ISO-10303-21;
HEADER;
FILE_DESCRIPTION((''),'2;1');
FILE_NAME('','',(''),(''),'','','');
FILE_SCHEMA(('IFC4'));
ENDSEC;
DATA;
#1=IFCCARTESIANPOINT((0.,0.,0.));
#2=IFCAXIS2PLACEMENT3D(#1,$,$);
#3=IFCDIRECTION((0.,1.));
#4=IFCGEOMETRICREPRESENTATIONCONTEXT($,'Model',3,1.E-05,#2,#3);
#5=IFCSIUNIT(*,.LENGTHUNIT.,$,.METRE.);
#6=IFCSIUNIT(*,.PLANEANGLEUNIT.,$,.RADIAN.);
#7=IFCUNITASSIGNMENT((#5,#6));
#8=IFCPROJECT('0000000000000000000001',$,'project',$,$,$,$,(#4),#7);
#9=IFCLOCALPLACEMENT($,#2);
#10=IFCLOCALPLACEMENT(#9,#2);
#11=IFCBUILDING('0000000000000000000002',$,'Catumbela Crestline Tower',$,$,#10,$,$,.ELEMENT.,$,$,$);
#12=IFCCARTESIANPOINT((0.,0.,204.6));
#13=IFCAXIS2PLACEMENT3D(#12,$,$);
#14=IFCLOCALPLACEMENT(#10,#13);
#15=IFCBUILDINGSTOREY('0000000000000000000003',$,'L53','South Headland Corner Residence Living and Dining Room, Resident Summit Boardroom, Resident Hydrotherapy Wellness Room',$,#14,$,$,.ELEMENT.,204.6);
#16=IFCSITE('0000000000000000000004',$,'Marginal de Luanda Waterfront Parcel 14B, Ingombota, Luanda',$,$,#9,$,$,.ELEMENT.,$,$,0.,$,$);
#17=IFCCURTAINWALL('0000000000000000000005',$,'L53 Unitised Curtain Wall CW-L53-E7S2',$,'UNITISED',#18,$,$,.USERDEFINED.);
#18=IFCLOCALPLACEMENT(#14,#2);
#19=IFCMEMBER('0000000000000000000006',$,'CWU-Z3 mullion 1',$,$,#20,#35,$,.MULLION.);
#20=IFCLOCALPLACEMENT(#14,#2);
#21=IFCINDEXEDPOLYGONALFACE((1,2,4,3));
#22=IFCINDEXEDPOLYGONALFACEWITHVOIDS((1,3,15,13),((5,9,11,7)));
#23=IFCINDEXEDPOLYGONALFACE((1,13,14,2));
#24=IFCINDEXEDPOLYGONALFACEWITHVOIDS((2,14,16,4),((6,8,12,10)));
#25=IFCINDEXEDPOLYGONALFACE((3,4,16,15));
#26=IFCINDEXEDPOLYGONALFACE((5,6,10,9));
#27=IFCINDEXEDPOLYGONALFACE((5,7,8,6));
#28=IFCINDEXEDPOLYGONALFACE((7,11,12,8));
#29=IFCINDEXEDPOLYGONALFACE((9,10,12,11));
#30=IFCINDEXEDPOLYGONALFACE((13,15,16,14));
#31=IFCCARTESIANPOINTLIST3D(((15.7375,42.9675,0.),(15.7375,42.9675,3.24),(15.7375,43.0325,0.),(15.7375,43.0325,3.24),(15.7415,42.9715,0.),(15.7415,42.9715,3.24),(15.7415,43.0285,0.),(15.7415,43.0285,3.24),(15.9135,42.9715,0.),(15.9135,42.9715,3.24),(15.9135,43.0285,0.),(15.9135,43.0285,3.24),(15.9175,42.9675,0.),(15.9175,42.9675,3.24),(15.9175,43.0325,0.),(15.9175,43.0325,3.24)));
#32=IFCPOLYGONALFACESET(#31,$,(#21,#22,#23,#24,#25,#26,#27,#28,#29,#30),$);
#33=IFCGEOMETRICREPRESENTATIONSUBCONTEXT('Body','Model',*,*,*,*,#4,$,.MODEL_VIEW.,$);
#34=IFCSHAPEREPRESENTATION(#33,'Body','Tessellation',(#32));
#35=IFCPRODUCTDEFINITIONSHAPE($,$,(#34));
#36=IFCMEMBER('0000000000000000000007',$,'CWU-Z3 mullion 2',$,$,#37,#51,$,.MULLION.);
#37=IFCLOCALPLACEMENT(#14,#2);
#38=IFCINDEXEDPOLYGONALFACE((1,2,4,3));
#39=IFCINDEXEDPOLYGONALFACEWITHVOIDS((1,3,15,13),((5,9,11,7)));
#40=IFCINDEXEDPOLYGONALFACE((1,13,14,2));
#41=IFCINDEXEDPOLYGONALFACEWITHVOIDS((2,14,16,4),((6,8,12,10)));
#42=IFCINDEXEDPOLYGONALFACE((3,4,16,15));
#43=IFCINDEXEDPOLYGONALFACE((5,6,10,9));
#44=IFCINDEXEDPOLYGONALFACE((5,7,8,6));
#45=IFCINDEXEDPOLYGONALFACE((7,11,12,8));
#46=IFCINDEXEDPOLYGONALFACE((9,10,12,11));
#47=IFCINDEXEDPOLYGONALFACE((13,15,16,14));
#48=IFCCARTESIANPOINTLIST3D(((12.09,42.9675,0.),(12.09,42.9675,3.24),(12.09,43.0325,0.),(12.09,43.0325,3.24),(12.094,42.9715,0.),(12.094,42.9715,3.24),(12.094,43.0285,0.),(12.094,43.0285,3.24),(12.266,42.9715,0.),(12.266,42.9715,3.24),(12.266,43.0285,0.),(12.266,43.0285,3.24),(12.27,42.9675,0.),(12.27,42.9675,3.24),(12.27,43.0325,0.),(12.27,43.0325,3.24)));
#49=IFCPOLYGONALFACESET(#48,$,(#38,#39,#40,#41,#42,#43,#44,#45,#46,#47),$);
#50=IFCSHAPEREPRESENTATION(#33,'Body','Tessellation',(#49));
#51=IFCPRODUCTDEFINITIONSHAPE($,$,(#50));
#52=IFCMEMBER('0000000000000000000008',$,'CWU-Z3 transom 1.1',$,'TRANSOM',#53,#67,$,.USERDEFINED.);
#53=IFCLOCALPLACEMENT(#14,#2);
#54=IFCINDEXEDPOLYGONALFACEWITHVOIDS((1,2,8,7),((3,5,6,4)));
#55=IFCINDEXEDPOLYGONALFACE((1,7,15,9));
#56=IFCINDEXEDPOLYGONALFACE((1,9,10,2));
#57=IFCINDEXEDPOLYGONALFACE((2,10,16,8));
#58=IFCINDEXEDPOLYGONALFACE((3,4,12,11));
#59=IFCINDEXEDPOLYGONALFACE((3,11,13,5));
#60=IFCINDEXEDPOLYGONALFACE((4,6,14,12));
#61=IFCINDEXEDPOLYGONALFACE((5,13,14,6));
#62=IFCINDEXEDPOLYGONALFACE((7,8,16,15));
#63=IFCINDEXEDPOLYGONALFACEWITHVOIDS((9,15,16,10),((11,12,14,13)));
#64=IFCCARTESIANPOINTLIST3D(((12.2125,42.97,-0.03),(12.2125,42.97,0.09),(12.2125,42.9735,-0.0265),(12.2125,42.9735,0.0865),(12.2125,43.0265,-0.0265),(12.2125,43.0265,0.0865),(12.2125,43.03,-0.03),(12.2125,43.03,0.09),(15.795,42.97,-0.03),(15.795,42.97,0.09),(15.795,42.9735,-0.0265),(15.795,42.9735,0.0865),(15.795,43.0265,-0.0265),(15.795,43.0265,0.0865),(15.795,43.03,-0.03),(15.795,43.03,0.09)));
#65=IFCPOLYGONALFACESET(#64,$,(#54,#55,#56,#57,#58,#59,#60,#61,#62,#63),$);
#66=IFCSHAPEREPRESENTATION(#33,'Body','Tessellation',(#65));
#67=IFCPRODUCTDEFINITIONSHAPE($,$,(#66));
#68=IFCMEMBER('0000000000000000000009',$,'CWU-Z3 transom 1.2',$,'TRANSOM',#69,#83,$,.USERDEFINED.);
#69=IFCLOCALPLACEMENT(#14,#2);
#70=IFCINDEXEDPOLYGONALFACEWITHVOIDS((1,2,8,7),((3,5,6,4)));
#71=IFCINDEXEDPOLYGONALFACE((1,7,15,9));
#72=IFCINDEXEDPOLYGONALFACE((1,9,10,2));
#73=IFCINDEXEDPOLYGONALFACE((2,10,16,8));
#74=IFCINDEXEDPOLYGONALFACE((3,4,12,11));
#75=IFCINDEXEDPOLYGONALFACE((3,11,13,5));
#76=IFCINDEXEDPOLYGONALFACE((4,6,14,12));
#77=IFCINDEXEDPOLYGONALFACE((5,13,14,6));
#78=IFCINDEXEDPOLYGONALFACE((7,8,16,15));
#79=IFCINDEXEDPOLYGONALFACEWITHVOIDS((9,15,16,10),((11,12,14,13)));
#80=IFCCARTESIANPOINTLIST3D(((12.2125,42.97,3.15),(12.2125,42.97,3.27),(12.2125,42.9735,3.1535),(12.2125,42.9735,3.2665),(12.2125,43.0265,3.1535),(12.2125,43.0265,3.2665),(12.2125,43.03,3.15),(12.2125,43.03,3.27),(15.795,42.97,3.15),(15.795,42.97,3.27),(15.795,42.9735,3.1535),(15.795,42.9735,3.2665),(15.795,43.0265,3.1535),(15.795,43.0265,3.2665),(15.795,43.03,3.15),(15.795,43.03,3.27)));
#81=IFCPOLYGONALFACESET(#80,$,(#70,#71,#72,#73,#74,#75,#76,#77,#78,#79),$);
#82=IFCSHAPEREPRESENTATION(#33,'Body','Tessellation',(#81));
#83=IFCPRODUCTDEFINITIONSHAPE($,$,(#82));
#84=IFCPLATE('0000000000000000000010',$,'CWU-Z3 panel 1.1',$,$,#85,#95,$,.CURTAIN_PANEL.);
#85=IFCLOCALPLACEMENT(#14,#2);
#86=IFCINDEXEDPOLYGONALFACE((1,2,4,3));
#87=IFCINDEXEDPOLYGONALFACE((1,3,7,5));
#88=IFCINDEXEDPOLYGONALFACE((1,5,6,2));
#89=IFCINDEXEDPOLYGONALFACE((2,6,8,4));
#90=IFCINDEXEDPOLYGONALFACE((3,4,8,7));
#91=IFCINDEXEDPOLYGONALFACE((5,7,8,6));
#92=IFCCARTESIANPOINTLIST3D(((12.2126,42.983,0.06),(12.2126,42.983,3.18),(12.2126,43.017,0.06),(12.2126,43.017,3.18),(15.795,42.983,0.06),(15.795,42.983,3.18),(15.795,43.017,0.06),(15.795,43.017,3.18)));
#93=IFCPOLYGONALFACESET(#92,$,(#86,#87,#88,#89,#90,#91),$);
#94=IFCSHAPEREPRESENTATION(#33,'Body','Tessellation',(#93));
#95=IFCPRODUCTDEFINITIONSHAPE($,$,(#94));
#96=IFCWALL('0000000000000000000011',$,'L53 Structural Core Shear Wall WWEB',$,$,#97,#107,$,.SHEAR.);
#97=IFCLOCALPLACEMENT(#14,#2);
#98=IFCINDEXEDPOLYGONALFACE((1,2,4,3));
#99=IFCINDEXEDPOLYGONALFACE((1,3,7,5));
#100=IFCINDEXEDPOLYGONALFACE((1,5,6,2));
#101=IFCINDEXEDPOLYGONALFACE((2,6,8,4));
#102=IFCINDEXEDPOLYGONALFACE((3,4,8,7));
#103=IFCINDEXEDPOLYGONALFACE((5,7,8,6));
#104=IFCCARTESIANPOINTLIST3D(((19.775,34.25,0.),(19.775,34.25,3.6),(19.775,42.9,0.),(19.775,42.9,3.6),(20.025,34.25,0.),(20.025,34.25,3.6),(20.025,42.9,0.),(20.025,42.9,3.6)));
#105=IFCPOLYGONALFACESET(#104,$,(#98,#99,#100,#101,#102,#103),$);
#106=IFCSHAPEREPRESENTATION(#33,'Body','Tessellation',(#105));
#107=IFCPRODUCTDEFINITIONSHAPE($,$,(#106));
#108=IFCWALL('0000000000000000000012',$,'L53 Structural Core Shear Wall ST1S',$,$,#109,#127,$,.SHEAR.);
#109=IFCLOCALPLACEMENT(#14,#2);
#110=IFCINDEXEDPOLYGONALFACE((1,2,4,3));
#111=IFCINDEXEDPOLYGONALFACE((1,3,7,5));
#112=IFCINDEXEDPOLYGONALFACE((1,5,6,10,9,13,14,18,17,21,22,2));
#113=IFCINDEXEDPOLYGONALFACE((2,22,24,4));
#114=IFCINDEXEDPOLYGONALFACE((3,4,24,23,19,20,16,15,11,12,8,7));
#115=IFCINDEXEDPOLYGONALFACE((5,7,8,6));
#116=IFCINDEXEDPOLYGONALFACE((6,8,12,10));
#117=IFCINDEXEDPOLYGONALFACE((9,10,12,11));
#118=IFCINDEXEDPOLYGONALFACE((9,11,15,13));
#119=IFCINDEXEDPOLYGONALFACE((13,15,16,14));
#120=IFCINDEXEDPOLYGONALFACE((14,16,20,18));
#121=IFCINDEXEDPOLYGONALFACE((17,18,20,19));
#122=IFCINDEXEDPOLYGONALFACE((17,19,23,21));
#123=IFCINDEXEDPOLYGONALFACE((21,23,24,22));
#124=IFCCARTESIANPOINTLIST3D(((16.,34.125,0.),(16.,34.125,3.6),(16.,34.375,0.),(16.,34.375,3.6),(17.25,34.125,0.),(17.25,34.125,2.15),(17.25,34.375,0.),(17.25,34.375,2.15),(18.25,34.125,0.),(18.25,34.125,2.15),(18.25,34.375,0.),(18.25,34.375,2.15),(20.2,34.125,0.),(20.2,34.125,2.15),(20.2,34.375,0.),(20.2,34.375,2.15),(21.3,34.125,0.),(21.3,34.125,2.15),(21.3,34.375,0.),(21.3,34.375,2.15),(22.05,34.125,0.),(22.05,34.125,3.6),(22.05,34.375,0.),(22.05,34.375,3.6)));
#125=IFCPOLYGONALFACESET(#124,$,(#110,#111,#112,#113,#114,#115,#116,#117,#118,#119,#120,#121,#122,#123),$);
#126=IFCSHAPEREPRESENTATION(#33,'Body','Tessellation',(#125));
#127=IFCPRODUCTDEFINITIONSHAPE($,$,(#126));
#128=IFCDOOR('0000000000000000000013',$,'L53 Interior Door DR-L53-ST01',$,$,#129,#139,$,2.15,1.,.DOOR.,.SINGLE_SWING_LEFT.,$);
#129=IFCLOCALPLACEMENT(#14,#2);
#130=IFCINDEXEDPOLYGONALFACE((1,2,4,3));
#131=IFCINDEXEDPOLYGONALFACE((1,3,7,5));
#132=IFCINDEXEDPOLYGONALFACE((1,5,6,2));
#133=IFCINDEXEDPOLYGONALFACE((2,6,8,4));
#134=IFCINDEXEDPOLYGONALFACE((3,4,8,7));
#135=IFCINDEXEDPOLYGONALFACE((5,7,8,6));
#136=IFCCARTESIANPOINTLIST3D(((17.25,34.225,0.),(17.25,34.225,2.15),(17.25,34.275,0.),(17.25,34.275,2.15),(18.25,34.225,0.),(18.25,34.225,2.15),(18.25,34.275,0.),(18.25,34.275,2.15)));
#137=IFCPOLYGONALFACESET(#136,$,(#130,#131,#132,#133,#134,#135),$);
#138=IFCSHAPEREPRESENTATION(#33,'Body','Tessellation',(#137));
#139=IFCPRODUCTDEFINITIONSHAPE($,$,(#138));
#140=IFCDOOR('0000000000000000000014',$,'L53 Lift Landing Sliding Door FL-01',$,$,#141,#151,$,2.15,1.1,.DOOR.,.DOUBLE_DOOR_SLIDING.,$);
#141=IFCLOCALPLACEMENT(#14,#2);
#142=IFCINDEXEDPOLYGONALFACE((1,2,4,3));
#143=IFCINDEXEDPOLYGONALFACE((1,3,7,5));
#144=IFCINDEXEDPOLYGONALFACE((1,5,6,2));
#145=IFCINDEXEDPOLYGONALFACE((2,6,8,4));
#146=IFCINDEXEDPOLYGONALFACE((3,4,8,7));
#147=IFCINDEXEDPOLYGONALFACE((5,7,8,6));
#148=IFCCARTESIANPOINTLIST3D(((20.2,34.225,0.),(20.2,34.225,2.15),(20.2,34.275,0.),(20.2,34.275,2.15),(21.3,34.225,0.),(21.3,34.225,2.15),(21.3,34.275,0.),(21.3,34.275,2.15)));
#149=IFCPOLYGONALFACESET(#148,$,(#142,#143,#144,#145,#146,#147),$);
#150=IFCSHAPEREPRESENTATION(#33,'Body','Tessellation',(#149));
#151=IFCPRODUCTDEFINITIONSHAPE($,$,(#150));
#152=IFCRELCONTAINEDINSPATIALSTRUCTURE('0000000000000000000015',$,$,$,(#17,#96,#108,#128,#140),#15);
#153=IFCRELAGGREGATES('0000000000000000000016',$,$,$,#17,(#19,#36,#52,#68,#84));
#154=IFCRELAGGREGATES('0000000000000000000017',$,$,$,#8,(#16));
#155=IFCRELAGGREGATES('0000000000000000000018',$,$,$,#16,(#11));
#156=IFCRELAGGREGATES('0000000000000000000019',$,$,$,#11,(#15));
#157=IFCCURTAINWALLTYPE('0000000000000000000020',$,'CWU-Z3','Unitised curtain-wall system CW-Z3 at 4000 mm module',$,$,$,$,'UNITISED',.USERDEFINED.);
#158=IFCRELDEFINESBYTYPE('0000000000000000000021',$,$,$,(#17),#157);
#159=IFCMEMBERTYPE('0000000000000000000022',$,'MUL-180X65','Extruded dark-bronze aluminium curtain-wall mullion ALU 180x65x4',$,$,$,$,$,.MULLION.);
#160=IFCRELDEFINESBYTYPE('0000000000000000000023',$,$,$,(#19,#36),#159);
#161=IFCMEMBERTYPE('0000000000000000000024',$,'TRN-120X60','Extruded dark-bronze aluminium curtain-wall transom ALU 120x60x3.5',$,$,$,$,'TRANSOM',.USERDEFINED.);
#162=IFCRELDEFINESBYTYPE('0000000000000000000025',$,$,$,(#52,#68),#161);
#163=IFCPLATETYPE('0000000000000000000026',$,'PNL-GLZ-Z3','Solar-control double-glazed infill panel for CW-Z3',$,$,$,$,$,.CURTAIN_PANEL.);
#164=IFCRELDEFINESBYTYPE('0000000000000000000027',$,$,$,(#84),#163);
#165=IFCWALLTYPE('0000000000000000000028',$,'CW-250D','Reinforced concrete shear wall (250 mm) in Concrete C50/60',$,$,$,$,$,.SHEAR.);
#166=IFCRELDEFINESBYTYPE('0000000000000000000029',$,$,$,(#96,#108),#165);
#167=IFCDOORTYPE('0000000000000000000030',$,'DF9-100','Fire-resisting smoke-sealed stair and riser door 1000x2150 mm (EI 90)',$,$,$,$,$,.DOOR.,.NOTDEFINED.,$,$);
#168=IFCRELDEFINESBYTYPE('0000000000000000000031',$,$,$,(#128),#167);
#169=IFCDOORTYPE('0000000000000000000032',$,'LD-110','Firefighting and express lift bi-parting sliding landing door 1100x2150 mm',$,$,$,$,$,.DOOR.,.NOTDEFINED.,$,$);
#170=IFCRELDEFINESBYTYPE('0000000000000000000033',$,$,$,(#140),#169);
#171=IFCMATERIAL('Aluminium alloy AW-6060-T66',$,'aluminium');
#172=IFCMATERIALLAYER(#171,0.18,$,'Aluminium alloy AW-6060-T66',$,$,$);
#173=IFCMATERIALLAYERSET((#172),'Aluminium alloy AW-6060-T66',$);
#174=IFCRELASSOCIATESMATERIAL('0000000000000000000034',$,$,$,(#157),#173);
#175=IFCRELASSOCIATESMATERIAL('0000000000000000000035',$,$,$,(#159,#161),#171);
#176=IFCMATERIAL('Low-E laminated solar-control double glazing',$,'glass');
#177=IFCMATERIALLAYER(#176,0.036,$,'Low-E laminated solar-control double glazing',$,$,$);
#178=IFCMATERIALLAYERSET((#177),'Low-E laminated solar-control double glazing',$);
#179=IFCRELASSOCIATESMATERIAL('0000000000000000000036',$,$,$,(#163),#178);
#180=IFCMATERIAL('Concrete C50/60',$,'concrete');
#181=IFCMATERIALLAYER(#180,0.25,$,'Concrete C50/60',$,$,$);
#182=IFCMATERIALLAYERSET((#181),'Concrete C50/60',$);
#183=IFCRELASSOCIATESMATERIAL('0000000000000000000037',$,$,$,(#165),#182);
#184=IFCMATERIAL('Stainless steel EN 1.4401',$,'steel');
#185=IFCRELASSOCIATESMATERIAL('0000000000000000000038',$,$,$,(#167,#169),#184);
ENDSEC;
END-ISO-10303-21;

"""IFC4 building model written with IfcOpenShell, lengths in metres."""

from ifc_helpers import new_model, si_unit, direction, frame, frame_2d, origin, origin_2d, place, context, subcontext, project, spatial, rectangle, hollow_rectangle, extrude, material, layer, layer_set, material_profile, profile_set, type_object, element, fill, aggregate, save


model = new_model("IFC4")

# Units and contexts
model_context = context("Model", 3, precision=1e-05, world=origin(), true_north=direction((0.0, 1.0)))
body_context = subcontext(model_context, "Body", "Model", "MODEL_VIEW")
ifc_project = project(units=[si_unit("LENGTHUNIT", "METRE"), si_unit("PLANEANGLEUNIT", "RADIAN")], contexts=[model_context])

# Site, building, storey
site_placement = place(None, origin())
site = spatial("IfcSite", under=ifc_project, at=site_placement, Name="Marginal de Luanda Waterfront Parcel 14B, Ingombota, Luanda", CompositionType="ELEMENT", RefElevation=0.0)
building_placement = place(site_placement, origin())
building = spatial("IfcBuilding", under=site, at=building_placement, Name="Catumbela Crestline Tower", CompositionType="ELEMENT")
storey_placement = place(building_placement, frame((0.0, 0.0, 204.6)))
storey = spatial("IfcBuildingStorey", under=building, at=storey_placement, Name="L53", Description="South Headland Corner Residence Living and Dining Room, Resident Summit Boardroom, Resident Hydrotherapy Wellness Room", CompositionType="ELEMENT", Elevation=204.6)

# Curtain wall, members, plate
ifc_material_1 = material(Name="Aluminium alloy AW-6060-T66", Category="aluminium")
ifc_layer_1 = layer(ifc_material_1, 0.18, Name="Aluminium alloy AW-6060-T66")
ifc_layer_set_1 = layer_set([ifc_layer_1], Name="Aluminium alloy AW-6060-T66")
curtain_wall_type = type_object("IfcCurtainWallType", Name="CWU-Z3", Description="Unitised curtain-wall system CW-Z3 at 4000 mm module", ElementType="UNITISED", PredefinedType="USERDEFINED", material=ifc_layer_set_1)
curtain_wall_placement = place(storey_placement, origin())
curtain_wall = element("IfcCurtainWall", 1, at=curtain_wall_placement, inside=storey, type_object=curtain_wall_type, Name="L53 Unitised Curtain Wall CW-L53-E7S2", ObjectType="UNITISED", PredefinedType="USERDEFINED")
ifc_material_profile_1 = material_profile(ifc_material_1, hollow_rectangle(XDim=0.065, YDim=0.18, WallThickness=0.004, at=origin_2d()), Name="ALU 180x65x4")
ifc_profile_set_1 = profile_set([ifc_material_profile_1], Name="Aluminium alloy AW-6060-T66")
member_type_1 = type_object("IfcMemberType", Name="MUL-180X65", Description="Extruded dark-bronze aluminium curtain-wall mullion ALU 180x65x4", PredefinedType="MULLION", material=ifc_profile_set_1)
member_1_placement = place(storey_placement, frame((15.8275, 43.0, 0.0), z_axis=(0.0, 0.0, 1.0), x_axis=(0.0, -1.0, 0.0)))
member_1 = element("IfcMember", 2, at=member_1_placement, type_object=member_type_1, Name="CWU-Z3 mullion 1", PredefinedType="MULLION", context=body_context, shape_type="SweptSolid", body=[
    extrude(hollow_rectangle(XDim=0.065, YDim=0.18, WallThickness=0.004, at=origin_2d()), origin(), (0.0, 0.0, 1.0), 3.24),
])
member_2_placement = place(storey_placement, frame((12.18, 43.0, 0.0), z_axis=(0.0, 0.0, 1.0), x_axis=(0.0, -1.0, 0.0)))
member_2 = element("IfcMember", 3, at=member_2_placement, type_object=member_type_1, Name="CWU-Z3 mullion 2", PredefinedType="MULLION", context=body_context, shape_type="SweptSolid", body=[
    extrude(hollow_rectangle(XDim=0.065, YDim=0.18, WallThickness=0.004, at=origin_2d()), origin(), (0.0, 0.0, 1.0), 3.24),
])
ifc_material_profile_2 = material_profile(ifc_material_1, hollow_rectangle(XDim=0.06, YDim=0.12, WallThickness=0.0035, at=origin_2d()), Name="ALU 120x60x3.5")
ifc_profile_set_2 = profile_set([ifc_material_profile_2], Name="Aluminium alloy AW-6060-T66")
member_type_2 = type_object("IfcMemberType", Name="TRN-120X60", Description="Extruded dark-bronze aluminium curtain-wall transom ALU 120x60x3.5", ElementType="TRANSOM", PredefinedType="USERDEFINED", material=ifc_profile_set_2)
member_3_placement = place(storey_placement, frame((15.795, 43.0, 0.03), z_axis=(-1.0, 0.0, 0.0), x_axis=(0.0, -1.0, 0.0)))
member_3 = element("IfcMember", 4, at=member_3_placement, type_object=member_type_2, Name="CWU-Z3 transom 1.1", ObjectType="TRANSOM", PredefinedType="USERDEFINED", context=body_context, shape_type="SweptSolid", body=[
    extrude(hollow_rectangle(XDim=0.06, YDim=0.12, WallThickness=0.0035, at=origin_2d()), origin(), (0.0, 0.0, 1.0), 3.5825),
])
member_4_placement = place(storey_placement, frame((15.795, 43.0, 3.21), z_axis=(-1.0, 0.0, 0.0), x_axis=(0.0, -1.0, 0.0)))
member_4 = element("IfcMember", 5, at=member_4_placement, type_object=member_type_2, Name="CWU-Z3 transom 1.2", ObjectType="TRANSOM", PredefinedType="USERDEFINED", context=body_context, shape_type="SweptSolid", body=[
    extrude(hollow_rectangle(XDim=0.06, YDim=0.12, WallThickness=0.0035, at=origin_2d()), origin(), (0.0, 0.0, 1.0), 3.5825),
])
ifc_material_2 = material(Name="Low-E laminated solar-control double glazing", Category="glass")
ifc_layer_2 = layer(ifc_material_2, 0.036, Name="Low-E laminated solar-control double glazing")
ifc_layer_set_2 = layer_set([ifc_layer_2], Name="Low-E laminated solar-control double glazing")
plate_type = type_object("IfcPlateType", Name="PNL-GLZ-Z3", Description="Solar-control double-glazed infill panel for CW-Z3", PredefinedType="CURTAIN_PANEL", material=ifc_layer_set_2)
plate_placement = place(storey_placement, frame((14.0038, 43.0, 0.06), z_axis=(0.0, 0.0, 1.0), x_axis=(-1.0, 0.0, 0.0)))
plate = element("IfcPlate", 6, at=plate_placement, type_object=plate_type, Name="CWU-Z3 panel 1.1", PredefinedType="CURTAIN_PANEL", context=body_context, shape_type="SweptSolid", body=[
    extrude(rectangle(XDim=3.5825, YDim=0.034, at=origin_2d()), origin(), (0.0, 0.0, 1.0), 3.12),
])
aggregate(curtain_wall, [member_1, member_2, member_3, member_4, plate])

# Wall
ifc_material_3 = material(Name="Concrete C50/60", Category="concrete")
ifc_layer_3 = layer(ifc_material_3, 0.25, Name="Concrete C50/60")
ifc_layer_set_3 = layer_set([ifc_layer_3], Name="Concrete C50/60")
wall_type_1 = type_object("IfcWallType", Name="CW-250D", Description="Reinforced concrete shear wall (250 mm) in Concrete C50/60", PredefinedType="SHEAR", material=ifc_layer_set_3)
wall_1_placement = place(storey_placement, frame((19.9, 34.25, 0.0), z_axis=(0.0, 0.0, 1.0), x_axis=(0.0, 1.0, 0.0)))
element("IfcWall", 7, at=wall_1_placement, inside=storey, type_object=wall_type_1, Name="L53 Structural Core Shear Wall WWEB", PredefinedType="SHEAR", context=body_context, shape_type="SweptSolid", body=[
    extrude(rectangle(XDim=8.65, YDim=0.25, at=frame_2d((4.325, 0.0))), origin(), (0.0, 0.0, 1.0), 3.6),
])

# Wall, openings, doors
wall_2_placement = place(storey_placement, frame((16.0, 34.25, 0.0), z_axis=(0.0, 0.0, 1.0), x_axis=(1.0, 0.0, 0.0)))
wall_2 = element("IfcWall", 8, at=wall_2_placement, inside=storey, type_object=wall_type_1, Name="L53 Structural Core Shear Wall ST1S", PredefinedType="SHEAR", context=body_context, shape_type="SweptSolid", body=[
    extrude(rectangle(XDim=6.05, YDim=0.25, at=frame_2d((3.025, 0.0))), origin(), (0.0, 0.0, 1.0), 3.6),
])
opening_1_placement = place(wall_2_placement, frame((1.25, 0.0, 0.0)))
opening_1 = element("IfcOpeningElement", 9, at=opening_1_placement, cuts=wall_2, PredefinedType="OPENING", context=body_context, shape_type="SweptSolid", body=[
    extrude(rectangle(XDim=1.0, YDim=2.15, at=frame_2d((0.5, 1.075))), frame((0.0, 0.135, 0.0), z_axis=(0.0, -1.0, 0.0), x_axis=(1.0, 0.0, 0.0)), (0.0, 0.0, 1.0), 0.27),
])
opening_2_placement = place(wall_2_placement, frame((4.2, 0.0, 0.0)))
opening_2 = element("IfcOpeningElement", 10, at=opening_2_placement, cuts=wall_2, PredefinedType="OPENING", context=body_context, shape_type="SweptSolid", body=[
    extrude(rectangle(XDim=1.1, YDim=2.15, at=frame_2d((0.55, 1.075))), frame((0.0, 0.135, 0.0), z_axis=(0.0, -1.0, 0.0), x_axis=(1.0, 0.0, 0.0)), (0.0, 0.0, 1.0), 0.27),
])
ifc_material_4 = material(Name="Stainless steel EN 1.4401", Category="steel")
door_type_1 = type_object("IfcDoorType", Name="DF9-100", Description="Fire-resisting smoke-sealed stair and riser door 1000x2150 mm (EI 90)", OperationType="NOTDEFINED", PredefinedType="DOOR", material=ifc_material_4)
door_1_placement = place(opening_1_placement, origin())
door_1 = element("IfcDoor", 11, at=door_1_placement, inside=storey, type_object=door_type_1, Name="L53 Interior Door DR-L53-ST01", OperationType="SINGLE_SWING_LEFT", OverallHeight=2.15, OverallWidth=1.0, PredefinedType="DOOR", context=body_context, shape_type="SweptSolid", body=[
    extrude(rectangle(XDim=1.0, YDim=2.15, at=frame_2d((0.5, 1.075))), frame((0.0, 0.025, 0.0), z_axis=(0.0, -1.0, 0.0), x_axis=(1.0, 0.0, 0.0)), (0.0, 0.0, 1.0), 0.05),
])
fill(opening_1, door_1)
door_type_2 = type_object("IfcDoorType", Name="LD-110", Description="Firefighting and express lift bi-parting sliding landing door 1100x2150 mm", OperationType="NOTDEFINED", PredefinedType="DOOR", material=ifc_material_4)
door_2_placement = place(opening_2_placement, origin())
door_2 = element("IfcDoor", 12, at=door_2_placement, inside=storey, type_object=door_type_2, Name="L53 Lift Landing Sliding Door FL-01", OperationType="DOUBLE_DOOR_SLIDING", OverallHeight=2.15, OverallWidth=1.1, PredefinedType="DOOR", context=body_context, shape_type="SweptSolid", body=[
    extrude(rectangle(XDim=1.1, YDim=2.15, at=frame_2d((0.55, 1.075))), frame((0.0, 0.025, 0.0), z_axis=(0.0, -1.0, 0.0), x_axis=(1.0, 0.0, 0.0)), (0.0, 0.0, 1.0), 0.05),
])
fill(opening_2, door_2)

save(model, "model.ifc")
